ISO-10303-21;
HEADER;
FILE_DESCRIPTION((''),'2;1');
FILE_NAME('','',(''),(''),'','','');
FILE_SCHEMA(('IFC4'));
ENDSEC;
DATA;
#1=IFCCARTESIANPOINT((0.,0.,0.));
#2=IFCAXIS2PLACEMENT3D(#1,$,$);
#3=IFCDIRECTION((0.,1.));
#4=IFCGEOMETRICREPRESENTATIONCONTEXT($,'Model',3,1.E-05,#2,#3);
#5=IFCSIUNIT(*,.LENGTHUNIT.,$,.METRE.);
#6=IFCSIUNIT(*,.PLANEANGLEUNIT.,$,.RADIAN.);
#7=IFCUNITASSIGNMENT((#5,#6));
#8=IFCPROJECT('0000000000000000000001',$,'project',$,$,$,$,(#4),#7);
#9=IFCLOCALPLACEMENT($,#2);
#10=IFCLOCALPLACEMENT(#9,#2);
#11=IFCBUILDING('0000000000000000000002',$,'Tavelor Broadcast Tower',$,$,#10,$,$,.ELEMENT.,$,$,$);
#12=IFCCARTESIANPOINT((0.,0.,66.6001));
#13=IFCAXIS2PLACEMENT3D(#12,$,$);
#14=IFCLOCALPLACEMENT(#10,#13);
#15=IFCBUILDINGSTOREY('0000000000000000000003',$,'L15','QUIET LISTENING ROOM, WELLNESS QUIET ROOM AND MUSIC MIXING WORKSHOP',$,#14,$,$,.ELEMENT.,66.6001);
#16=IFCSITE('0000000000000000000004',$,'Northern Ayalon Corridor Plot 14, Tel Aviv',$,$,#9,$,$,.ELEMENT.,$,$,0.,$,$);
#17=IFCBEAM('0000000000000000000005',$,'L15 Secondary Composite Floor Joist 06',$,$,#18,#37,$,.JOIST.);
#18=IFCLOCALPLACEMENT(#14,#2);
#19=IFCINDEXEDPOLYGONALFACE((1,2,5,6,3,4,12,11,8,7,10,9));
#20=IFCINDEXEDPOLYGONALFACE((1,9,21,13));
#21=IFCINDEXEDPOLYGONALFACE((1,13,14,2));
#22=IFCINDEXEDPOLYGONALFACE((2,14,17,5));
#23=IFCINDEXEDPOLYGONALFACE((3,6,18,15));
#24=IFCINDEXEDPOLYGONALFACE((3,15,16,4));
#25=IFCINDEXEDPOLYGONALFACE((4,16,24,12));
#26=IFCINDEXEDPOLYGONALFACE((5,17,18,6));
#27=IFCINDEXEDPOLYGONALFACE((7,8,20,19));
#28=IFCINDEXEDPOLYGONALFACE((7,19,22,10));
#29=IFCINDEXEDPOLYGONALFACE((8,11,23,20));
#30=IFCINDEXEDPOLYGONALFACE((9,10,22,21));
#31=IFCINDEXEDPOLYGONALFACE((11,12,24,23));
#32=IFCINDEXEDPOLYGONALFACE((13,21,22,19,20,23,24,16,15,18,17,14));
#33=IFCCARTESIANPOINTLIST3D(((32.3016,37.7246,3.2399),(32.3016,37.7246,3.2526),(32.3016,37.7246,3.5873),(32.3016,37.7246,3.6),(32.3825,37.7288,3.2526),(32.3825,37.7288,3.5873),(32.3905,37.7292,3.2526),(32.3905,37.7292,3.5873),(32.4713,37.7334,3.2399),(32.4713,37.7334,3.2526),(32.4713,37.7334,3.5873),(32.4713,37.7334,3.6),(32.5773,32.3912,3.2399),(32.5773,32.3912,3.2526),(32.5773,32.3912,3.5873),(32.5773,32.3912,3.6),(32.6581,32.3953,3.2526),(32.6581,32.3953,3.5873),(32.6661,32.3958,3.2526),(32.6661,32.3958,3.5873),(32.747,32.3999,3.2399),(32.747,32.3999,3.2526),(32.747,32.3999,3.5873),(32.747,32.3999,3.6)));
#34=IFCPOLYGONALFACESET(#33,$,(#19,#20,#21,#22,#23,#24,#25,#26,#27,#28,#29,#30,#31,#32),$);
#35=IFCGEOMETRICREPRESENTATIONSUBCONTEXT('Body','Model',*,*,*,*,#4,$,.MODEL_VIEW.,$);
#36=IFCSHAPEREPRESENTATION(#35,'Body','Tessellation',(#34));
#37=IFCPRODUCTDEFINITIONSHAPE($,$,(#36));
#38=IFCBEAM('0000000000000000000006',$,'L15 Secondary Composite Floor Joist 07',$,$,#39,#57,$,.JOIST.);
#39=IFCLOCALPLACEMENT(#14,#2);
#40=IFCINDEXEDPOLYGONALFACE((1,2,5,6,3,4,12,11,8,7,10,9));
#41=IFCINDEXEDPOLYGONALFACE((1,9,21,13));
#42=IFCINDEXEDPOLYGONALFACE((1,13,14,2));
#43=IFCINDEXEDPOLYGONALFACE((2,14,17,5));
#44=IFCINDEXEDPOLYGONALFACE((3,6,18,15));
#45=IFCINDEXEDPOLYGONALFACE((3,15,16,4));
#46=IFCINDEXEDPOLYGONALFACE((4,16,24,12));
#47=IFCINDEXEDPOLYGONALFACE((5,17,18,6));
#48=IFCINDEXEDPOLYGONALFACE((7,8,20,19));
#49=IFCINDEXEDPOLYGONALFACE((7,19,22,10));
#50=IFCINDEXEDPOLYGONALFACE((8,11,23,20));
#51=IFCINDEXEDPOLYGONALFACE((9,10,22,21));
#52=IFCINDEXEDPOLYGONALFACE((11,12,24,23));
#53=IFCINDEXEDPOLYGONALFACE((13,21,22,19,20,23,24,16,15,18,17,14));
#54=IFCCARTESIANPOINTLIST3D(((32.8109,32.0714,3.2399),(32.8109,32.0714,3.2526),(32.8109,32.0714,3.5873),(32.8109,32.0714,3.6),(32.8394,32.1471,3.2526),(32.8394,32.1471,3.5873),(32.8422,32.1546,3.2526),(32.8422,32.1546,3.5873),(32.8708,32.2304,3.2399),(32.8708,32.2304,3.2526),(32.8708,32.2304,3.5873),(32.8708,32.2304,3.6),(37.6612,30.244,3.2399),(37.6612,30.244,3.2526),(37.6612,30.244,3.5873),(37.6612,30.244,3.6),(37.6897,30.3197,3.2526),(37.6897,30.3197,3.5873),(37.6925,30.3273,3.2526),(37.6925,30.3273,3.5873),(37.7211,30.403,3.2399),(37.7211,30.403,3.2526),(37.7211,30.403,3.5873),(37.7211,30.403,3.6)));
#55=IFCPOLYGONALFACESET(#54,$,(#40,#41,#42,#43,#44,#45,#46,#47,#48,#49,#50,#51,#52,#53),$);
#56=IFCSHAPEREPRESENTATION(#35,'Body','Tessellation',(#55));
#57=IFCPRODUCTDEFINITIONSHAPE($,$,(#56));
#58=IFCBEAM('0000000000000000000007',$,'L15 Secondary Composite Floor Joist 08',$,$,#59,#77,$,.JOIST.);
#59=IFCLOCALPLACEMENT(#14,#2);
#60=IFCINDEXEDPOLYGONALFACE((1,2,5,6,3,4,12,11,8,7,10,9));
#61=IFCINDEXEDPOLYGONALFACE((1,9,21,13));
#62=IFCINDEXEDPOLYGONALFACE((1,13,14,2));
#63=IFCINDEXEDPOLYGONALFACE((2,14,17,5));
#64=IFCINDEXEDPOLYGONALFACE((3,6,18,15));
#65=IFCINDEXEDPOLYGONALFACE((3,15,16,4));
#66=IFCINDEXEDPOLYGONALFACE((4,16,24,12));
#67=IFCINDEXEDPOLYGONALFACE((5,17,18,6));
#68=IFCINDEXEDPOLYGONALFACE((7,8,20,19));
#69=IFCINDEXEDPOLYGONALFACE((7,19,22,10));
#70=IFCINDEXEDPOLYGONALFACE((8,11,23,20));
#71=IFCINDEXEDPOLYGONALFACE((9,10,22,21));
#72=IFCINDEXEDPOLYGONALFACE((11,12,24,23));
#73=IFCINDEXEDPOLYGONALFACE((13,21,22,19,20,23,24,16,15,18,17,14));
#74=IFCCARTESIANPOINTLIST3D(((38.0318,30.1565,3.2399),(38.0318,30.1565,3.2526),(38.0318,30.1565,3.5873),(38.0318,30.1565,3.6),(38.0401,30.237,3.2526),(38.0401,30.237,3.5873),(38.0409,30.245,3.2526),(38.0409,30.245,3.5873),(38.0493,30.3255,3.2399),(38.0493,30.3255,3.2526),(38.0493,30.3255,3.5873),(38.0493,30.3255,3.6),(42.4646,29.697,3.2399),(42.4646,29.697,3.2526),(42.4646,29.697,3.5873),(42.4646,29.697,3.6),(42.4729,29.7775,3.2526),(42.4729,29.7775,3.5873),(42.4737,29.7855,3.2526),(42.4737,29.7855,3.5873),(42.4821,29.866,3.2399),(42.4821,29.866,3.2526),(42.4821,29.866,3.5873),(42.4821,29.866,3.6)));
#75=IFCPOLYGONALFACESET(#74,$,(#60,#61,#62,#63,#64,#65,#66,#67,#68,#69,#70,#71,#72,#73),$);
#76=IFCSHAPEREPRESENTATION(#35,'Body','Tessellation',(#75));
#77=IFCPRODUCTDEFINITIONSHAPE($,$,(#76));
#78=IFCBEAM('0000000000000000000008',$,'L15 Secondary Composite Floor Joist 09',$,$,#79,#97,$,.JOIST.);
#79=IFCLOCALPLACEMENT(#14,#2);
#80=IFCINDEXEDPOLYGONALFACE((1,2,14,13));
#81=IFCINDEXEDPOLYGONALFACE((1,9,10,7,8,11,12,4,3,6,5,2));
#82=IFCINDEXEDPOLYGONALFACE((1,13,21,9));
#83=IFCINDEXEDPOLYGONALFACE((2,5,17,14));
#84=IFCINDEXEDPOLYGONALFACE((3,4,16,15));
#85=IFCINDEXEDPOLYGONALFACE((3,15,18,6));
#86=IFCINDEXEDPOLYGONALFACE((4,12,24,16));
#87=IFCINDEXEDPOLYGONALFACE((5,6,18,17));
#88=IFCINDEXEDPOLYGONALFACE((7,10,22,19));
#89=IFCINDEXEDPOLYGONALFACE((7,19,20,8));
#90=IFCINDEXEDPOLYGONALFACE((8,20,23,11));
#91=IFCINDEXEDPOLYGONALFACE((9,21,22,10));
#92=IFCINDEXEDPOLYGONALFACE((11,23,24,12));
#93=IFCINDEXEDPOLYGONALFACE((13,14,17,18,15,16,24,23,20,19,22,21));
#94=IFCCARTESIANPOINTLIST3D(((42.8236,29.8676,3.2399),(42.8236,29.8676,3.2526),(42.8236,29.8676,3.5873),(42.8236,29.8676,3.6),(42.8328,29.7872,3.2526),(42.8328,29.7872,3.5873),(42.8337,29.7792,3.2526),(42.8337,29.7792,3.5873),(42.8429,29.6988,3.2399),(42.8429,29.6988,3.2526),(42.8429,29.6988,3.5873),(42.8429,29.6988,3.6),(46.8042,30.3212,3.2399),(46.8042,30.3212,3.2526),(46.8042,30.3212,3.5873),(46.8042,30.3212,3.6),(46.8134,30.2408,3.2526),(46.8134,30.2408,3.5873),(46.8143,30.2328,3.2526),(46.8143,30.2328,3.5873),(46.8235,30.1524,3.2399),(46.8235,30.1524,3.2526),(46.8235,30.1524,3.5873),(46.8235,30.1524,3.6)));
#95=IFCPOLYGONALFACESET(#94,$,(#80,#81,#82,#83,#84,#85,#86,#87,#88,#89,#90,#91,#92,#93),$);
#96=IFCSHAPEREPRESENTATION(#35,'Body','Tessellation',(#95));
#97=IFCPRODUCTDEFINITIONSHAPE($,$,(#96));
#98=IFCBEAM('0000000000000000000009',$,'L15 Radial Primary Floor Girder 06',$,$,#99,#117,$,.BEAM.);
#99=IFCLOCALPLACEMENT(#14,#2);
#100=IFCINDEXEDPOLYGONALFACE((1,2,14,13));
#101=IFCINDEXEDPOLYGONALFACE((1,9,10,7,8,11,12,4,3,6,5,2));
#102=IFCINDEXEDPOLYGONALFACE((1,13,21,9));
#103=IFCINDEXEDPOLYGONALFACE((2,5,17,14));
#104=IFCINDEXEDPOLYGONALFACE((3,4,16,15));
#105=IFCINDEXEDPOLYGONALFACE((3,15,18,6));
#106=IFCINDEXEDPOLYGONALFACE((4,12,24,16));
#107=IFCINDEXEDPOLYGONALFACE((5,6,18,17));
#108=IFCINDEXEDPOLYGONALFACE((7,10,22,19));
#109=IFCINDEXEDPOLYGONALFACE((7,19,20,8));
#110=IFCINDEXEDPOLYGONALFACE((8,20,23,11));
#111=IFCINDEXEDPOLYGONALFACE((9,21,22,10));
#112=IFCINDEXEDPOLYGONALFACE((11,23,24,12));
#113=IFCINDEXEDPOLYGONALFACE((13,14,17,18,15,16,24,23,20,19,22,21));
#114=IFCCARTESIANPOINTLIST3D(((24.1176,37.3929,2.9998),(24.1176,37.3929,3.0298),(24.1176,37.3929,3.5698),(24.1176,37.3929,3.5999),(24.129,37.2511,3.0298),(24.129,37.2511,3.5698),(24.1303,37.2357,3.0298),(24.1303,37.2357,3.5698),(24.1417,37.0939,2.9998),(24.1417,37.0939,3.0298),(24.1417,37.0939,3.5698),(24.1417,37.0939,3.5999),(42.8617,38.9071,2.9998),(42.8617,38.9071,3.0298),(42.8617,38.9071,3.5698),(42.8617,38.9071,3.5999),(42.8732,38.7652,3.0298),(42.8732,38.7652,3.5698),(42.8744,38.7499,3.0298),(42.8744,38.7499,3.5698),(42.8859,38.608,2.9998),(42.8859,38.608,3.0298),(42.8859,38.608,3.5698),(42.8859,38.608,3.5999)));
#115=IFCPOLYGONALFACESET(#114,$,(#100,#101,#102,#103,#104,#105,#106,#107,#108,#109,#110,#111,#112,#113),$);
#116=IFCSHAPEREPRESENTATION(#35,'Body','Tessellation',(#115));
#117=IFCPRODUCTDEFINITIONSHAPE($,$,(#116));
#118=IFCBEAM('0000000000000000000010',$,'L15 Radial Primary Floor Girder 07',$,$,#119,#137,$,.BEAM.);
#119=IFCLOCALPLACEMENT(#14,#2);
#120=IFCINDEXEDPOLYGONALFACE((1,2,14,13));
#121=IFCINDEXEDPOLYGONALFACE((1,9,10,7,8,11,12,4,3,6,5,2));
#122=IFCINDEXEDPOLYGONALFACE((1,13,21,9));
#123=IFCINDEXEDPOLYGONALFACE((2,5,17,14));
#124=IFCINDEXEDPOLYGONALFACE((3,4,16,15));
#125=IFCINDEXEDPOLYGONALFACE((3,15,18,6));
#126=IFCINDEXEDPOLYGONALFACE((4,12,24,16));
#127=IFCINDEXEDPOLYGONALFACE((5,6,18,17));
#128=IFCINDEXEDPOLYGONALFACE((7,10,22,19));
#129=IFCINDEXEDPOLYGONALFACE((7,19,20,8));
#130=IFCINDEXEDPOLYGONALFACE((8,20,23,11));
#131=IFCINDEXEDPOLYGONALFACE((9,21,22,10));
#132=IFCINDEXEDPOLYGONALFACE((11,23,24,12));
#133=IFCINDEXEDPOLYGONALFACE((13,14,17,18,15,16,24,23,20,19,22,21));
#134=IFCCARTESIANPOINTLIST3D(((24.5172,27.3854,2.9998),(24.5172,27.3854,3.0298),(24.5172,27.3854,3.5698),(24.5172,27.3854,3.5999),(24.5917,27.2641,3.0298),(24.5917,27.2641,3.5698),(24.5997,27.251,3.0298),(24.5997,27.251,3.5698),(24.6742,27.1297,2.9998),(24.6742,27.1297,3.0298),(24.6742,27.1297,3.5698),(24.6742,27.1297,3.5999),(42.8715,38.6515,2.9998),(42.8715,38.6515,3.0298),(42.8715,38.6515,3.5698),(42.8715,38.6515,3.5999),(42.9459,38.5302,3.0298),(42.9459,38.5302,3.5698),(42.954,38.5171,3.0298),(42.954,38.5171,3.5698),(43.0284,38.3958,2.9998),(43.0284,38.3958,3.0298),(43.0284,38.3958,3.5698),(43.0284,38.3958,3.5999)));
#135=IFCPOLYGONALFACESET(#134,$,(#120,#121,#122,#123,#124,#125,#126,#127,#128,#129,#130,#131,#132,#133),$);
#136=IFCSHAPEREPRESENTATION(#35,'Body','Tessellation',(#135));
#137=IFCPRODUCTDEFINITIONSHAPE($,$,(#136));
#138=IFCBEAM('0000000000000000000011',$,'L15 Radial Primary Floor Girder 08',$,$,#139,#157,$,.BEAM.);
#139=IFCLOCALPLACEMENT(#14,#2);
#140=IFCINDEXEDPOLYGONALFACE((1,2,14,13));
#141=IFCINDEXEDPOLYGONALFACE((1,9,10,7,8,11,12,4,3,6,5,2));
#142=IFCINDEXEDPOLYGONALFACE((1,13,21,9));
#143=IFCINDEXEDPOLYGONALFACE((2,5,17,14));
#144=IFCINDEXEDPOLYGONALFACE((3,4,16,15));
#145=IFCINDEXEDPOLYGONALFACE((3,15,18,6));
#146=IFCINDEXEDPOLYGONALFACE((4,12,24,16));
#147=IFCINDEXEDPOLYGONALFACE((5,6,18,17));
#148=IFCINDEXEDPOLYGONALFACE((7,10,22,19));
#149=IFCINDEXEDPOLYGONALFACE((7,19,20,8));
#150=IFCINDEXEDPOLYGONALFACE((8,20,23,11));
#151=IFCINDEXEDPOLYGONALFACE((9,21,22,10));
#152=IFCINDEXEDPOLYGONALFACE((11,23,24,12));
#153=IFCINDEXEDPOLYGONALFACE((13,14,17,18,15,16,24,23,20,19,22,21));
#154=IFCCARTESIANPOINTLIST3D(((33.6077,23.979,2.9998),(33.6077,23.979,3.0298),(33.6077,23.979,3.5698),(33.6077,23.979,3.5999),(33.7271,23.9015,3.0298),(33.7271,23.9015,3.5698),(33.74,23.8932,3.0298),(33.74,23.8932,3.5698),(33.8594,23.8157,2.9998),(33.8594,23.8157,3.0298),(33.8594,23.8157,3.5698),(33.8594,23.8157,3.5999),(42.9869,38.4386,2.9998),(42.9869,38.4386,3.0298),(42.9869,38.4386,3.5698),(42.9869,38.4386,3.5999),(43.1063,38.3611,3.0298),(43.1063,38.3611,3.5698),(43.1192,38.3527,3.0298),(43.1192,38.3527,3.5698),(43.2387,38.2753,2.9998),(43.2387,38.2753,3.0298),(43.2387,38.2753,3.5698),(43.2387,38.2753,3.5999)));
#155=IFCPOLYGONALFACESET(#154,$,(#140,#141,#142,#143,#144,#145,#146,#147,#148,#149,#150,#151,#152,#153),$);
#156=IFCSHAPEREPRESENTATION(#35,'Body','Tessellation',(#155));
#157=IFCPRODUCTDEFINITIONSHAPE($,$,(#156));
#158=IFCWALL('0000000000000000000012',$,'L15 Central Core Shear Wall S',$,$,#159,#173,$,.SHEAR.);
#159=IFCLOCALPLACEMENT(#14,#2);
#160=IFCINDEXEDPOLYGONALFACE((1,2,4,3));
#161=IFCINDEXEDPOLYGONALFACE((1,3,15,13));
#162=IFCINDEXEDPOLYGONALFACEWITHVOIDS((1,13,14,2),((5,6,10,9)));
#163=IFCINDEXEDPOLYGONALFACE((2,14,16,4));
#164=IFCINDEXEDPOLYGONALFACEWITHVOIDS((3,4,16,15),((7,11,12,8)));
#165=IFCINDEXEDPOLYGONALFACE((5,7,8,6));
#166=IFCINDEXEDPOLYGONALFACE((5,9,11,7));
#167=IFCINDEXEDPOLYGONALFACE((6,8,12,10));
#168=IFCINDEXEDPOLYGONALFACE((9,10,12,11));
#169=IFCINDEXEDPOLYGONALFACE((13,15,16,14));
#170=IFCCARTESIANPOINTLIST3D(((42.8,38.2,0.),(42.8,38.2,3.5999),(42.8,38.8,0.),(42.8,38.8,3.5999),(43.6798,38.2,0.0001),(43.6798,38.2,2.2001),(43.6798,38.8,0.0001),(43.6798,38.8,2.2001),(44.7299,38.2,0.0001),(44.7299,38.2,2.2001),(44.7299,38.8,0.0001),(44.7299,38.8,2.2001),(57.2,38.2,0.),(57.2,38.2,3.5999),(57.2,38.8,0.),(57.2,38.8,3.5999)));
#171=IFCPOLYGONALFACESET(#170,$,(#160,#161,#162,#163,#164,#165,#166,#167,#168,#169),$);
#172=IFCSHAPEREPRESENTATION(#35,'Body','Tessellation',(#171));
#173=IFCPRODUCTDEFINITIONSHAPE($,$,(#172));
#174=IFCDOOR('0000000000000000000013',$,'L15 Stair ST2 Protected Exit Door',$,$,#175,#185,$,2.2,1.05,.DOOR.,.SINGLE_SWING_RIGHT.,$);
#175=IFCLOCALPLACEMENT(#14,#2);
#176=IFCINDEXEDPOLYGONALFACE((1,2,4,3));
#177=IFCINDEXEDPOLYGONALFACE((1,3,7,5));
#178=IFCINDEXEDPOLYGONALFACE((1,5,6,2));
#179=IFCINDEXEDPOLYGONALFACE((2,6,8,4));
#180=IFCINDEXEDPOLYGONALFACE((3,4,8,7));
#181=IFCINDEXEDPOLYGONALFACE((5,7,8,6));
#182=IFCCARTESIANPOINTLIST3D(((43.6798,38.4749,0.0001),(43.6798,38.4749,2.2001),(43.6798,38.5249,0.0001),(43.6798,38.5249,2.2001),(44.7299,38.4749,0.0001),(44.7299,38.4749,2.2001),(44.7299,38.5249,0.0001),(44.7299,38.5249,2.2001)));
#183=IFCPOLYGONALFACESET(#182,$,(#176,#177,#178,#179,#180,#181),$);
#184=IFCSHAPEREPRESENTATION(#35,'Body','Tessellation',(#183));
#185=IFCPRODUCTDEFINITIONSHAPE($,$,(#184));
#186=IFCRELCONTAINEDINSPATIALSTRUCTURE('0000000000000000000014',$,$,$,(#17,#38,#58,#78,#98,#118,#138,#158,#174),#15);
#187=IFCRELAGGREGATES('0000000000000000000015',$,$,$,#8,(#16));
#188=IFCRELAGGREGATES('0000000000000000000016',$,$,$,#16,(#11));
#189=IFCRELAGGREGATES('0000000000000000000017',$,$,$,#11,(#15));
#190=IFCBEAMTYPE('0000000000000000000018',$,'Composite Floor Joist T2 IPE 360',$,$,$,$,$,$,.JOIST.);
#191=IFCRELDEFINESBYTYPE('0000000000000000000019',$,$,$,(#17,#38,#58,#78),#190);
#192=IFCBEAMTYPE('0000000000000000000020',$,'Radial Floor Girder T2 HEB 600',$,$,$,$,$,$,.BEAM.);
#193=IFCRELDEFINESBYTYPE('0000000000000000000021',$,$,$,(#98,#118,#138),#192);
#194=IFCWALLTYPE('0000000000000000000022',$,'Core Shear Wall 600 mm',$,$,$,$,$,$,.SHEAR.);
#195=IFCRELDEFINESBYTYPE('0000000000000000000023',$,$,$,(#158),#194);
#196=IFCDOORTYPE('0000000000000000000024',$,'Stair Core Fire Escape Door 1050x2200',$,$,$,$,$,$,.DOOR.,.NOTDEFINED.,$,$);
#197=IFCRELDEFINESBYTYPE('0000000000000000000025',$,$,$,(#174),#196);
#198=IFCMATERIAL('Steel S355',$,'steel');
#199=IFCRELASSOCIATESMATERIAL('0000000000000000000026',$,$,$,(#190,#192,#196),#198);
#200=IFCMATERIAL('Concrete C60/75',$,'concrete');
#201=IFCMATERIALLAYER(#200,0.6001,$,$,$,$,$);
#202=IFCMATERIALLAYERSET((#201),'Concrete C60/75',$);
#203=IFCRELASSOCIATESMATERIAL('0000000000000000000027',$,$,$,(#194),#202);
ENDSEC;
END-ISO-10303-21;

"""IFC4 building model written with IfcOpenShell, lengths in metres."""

from ifc_helpers import new_model, si_unit, direction, frame, frame_2d, origin, origin_2d, place, context, subcontext, project, spatial, rectangle, i_section, extrude, material, layer, layer_set, material_profile, profile_set, type_object, element, fill, save


model = new_model("IFC4")

# Units and contexts
model_context = context("Model", 3, precision=1e-05, world=origin(), true_north=direction((0.0, 1.0)))
body_context = subcontext(model_context, "Body", "Model", "MODEL_VIEW")
ifc_project = project(units=[si_unit("LENGTHUNIT", "METRE"), si_unit("PLANEANGLEUNIT", "RADIAN")], contexts=[model_context])

# Site, building, storey
site_placement = place(None, origin())
site = spatial("IfcSite", under=ifc_project, at=site_placement, Name="Northern Ayalon Corridor Plot 14, Tel Aviv", CompositionType="ELEMENT", RefElevation=0.0)
building_placement = place(site_placement, origin())
building = spatial("IfcBuilding", under=site, at=building_placement, Name="Tavelor Broadcast Tower", CompositionType="ELEMENT")
storey_placement = place(building_placement, frame((0.0, 0.0, 66.6001)))
storey = spatial("IfcBuildingStorey", under=building, at=storey_placement, Name="L15", Description="QUIET LISTENING ROOM, WELLNESS QUIET ROOM AND MUSIC MIXING WORKSHOP", CompositionType="ELEMENT", Elevation=66.6001)

# Beams
ifc_material_1 = material(Name="Steel S355", Category="steel")
ifc_material_profile_1 = material_profile(ifc_material_1, i_section(OverallWidth=0.1699, OverallDepth=0.3601, WebThickness=0.0081, FlangeThickness=0.0127, at=origin_2d()), Name="IPE 360")
ifc_profile_set_1 = profile_set([ifc_material_profile_1], Name="Steel S355")
beam_type_1 = type_object("IfcBeamType", Name="Composite Floor Joist T2 IPE 360", PredefinedType="JOIST", material=ifc_profile_set_1)
beam_1_placement = place(storey_placement, frame((32.3865, 37.729, 3.4199), z_axis=(0.051611, -0.998667, 0.0), x_axis=(0.998667, 0.051611, 0.0)))
element("IfcBeam", 1, at=beam_1_placement, inside=storey, type_object=beam_type_1, Name="L15 Secondary Composite Floor Joist 06", PredefinedType="JOIST", context=body_context, shape_type="SweptSolid", body=[
    extrude(i_section(OverallWidth=0.1699, OverallDepth=0.3601, WebThickness=0.0081, FlangeThickness=0.0127, at=origin_2d()), origin(), (0.0, 0.0, 1.0), 5.3406),
])
beam_2_placement = place(storey_placement, frame((32.8408, 32.1509, 3.4199), z_axis=(0.935788, -0.352563, 0.0), x_axis=(0.352563, 0.935788, 0.0)))
element("IfcBeam", 2, at=beam_2_placement, inside=storey, type_object=beam_type_1, Name="L15 Secondary Composite Floor Joist 07", PredefinedType="JOIST", context=body_context, shape_type="SweptSolid", body=[
    extrude(i_section(OverallWidth=0.1699, OverallDepth=0.3601, WebThickness=0.0081, FlangeThickness=0.0127, at=origin_2d()), origin(), (0.0, 0.0, 1.0), 5.1831),
])
beam_3_placement = place(storey_placement, frame((38.0405, 30.241, 3.4199), z_axis=(0.994671, -0.103099, 0.0), x_axis=(0.103099, 0.994671, 0.0)))
element("IfcBeam", 3, at=beam_3_placement, inside=storey, type_object=beam_type_1, Name="L15 Secondary Composite Floor Joist 08", PredefinedType="JOIST", context=body_context, shape_type="SweptSolid", body=[
    extrude(i_section(OverallWidth=0.1699, OverallDepth=0.3601, WebThickness=0.0081, FlangeThickness=0.0127, at=origin_2d()), origin(), (0.0, 0.0, 1.0), 4.4565),
])
beam_4_placement = place(storey_placement, frame((42.8333, 29.7832, 3.4199), z_axis=(0.993569, 0.113227, 0.0), x_axis=(-0.113227, 0.993569, 0.0)))
element("IfcBeam", 4, at=beam_4_placement, inside=storey, type_object=beam_type_1, Name="L15 Secondary Composite Floor Joist 09", PredefinedType="JOIST", context=body_context, shape_type="SweptSolid", body=[
    extrude(i_section(OverallWidth=0.1699, OverallDepth=0.3601, WebThickness=0.0081, FlangeThickness=0.0127, at=origin_2d()), origin(), (0.0, 0.0, 1.0), 4.0063),
])
ifc_material_profile_2 = material_profile(ifc_material_1, i_section(OverallWidth=0.3, OverallDepth=0.6001, WebThickness=0.0154, FlangeThickness=0.03, at=origin_2d()), Name="HEB 600")
ifc_profile_set_2 = profile_set([ifc_material_profile_2], Name="Steel S355")
beam_type_2 = type_object("IfcBeamType", Name="Radial Floor Girder T2 HEB 600", PredefinedType="BEAM", material=ifc_profile_set_2)
beam_5_placement = place(storey_placement, frame((42.8738, 38.7576, 3.2998), z_axis=(-0.996753, -0.080518, 0.0), x_axis=(0.080518, -0.996753, 0.0)))
element("IfcBeam", 5, at=beam_5_placement, inside=storey, type_object=beam_type_2, Name="L15 Radial Primary Floor Girder 06", PredefinedType="BEAM", context=body_context, shape_type="SweptSolid", body=[
    extrude(i_section(OverallWidth=0.3, OverallDepth=0.6001, WebThickness=0.0154, FlangeThickness=0.03, at=origin_2d()), origin(), (0.0, 0.0, 1.0), 18.8052),
])
beam_6_placement = place(storey_placement, frame((42.95, 38.5237, 3.2998), z_axis=(-0.852255, -0.523127, 0.0), x_axis=(0.523127, -0.852255, 0.0)))
element("IfcBeam", 6, at=beam_6_placement, inside=storey, type_object=beam_type_2, Name="L15 Radial Primary Floor Girder 07", PredefinedType="BEAM", context=body_context, shape_type="SweptSolid", body=[
    extrude(i_section(OverallWidth=0.3, OverallDepth=0.6001, WebThickness=0.0154, FlangeThickness=0.03, at=origin_2d()), origin(), (0.0, 0.0, 1.0), 21.5361),
])
beam_7_placement = place(storey_placement, frame((43.1128, 38.3569, 3.2998), z_axis=(-0.544192, -0.83896, 0.0), x_axis=(0.83896, -0.544192, 0.0)))
element("IfcBeam", 7, at=beam_7_placement, inside=storey, type_object=beam_type_2, Name="L15 Radial Primary Floor Girder 08", PredefinedType="BEAM", context=body_context, shape_type="SweptSolid", body=[
    extrude(i_section(OverallWidth=0.3, OverallDepth=0.6001, WebThickness=0.0154, FlangeThickness=0.03, at=origin_2d()), origin(), (0.0, 0.0, 1.0), 17.2351),
])

# Wall, opening, door
ifc_material_2 = material(Name="Concrete C60/75", Category="concrete")
ifc_layer_1 = layer(ifc_material_2, 0.6001)
ifc_layer_set_1 = layer_set([ifc_layer_1], Name="Concrete C60/75")
wall_type_1 = type_object("IfcWallType", Name="Core Shear Wall 600 mm", PredefinedType="SHEAR", material=ifc_layer_set_1)
wall_1_placement = place(storey_placement, frame((42.8, 38.5, 0.0), z_axis=(0.0, 0.0, 1.0), x_axis=(1.0, 0.0, 0.0)))
wall_1 = element("IfcWall", 8, at=wall_1_placement, inside=storey, type_object=wall_type_1, Name="L15 Central Core Shear Wall S", PredefinedType="SHEAR", context=body_context, shape_type="SweptSolid", body=[
    extrude(rectangle(XDim=14.3999, YDim=0.6001, at=frame_2d((7.2, 0.0))), origin(), (0.0, 0.0, 1.0), 3.5999),
])
opening_1_placement = place(wall_1_placement, frame((0.8799, 0.0, 0.0)))
opening_1 = element("IfcOpeningElement", 9, at=opening_1_placement, cuts=wall_1, PredefinedType="OPENING", context=body_context, shape_type="SweptSolid", body=[
    extrude(rectangle(XDim=1.05, YDim=2.2, at=frame_2d((0.5249, 1.1001))), frame((0.0, 0.3101, 0.0), z_axis=(0.0, -1.0, 0.0), x_axis=(1.0, 0.0, 0.0)), (0.0, 0.0, 1.0), 0.6201),
])
door_type_1 = type_object("IfcDoorType", Name="Stair Core Fire Escape Door 1050x2200", OperationType="NOTDEFINED", PredefinedType="DOOR", material=ifc_material_1)
door_1_placement = place(opening_1_placement, origin())
door_1 = element("IfcDoor", 10, at=door_1_placement, inside=storey, type_object=door_type_1, Name="L15 Stair ST2 Protected Exit Door", OperationType="SINGLE_SWING_RIGHT", OverallHeight=2.2, OverallWidth=1.05, PredefinedType="DOOR", context=body_context, shape_type="SweptSolid", body=[
    extrude(rectangle(XDim=1.05, YDim=2.2, at=frame_2d((0.5249, 1.1001))), frame((0.0, 0.0249, 0.0), z_axis=(0.0, -1.0, 0.0), x_axis=(1.0, 0.0, 0.0)), (0.0, 0.0, 1.0), 0.05),
])
fill(opening_1, door_1)

save(model, "model.ifc")
